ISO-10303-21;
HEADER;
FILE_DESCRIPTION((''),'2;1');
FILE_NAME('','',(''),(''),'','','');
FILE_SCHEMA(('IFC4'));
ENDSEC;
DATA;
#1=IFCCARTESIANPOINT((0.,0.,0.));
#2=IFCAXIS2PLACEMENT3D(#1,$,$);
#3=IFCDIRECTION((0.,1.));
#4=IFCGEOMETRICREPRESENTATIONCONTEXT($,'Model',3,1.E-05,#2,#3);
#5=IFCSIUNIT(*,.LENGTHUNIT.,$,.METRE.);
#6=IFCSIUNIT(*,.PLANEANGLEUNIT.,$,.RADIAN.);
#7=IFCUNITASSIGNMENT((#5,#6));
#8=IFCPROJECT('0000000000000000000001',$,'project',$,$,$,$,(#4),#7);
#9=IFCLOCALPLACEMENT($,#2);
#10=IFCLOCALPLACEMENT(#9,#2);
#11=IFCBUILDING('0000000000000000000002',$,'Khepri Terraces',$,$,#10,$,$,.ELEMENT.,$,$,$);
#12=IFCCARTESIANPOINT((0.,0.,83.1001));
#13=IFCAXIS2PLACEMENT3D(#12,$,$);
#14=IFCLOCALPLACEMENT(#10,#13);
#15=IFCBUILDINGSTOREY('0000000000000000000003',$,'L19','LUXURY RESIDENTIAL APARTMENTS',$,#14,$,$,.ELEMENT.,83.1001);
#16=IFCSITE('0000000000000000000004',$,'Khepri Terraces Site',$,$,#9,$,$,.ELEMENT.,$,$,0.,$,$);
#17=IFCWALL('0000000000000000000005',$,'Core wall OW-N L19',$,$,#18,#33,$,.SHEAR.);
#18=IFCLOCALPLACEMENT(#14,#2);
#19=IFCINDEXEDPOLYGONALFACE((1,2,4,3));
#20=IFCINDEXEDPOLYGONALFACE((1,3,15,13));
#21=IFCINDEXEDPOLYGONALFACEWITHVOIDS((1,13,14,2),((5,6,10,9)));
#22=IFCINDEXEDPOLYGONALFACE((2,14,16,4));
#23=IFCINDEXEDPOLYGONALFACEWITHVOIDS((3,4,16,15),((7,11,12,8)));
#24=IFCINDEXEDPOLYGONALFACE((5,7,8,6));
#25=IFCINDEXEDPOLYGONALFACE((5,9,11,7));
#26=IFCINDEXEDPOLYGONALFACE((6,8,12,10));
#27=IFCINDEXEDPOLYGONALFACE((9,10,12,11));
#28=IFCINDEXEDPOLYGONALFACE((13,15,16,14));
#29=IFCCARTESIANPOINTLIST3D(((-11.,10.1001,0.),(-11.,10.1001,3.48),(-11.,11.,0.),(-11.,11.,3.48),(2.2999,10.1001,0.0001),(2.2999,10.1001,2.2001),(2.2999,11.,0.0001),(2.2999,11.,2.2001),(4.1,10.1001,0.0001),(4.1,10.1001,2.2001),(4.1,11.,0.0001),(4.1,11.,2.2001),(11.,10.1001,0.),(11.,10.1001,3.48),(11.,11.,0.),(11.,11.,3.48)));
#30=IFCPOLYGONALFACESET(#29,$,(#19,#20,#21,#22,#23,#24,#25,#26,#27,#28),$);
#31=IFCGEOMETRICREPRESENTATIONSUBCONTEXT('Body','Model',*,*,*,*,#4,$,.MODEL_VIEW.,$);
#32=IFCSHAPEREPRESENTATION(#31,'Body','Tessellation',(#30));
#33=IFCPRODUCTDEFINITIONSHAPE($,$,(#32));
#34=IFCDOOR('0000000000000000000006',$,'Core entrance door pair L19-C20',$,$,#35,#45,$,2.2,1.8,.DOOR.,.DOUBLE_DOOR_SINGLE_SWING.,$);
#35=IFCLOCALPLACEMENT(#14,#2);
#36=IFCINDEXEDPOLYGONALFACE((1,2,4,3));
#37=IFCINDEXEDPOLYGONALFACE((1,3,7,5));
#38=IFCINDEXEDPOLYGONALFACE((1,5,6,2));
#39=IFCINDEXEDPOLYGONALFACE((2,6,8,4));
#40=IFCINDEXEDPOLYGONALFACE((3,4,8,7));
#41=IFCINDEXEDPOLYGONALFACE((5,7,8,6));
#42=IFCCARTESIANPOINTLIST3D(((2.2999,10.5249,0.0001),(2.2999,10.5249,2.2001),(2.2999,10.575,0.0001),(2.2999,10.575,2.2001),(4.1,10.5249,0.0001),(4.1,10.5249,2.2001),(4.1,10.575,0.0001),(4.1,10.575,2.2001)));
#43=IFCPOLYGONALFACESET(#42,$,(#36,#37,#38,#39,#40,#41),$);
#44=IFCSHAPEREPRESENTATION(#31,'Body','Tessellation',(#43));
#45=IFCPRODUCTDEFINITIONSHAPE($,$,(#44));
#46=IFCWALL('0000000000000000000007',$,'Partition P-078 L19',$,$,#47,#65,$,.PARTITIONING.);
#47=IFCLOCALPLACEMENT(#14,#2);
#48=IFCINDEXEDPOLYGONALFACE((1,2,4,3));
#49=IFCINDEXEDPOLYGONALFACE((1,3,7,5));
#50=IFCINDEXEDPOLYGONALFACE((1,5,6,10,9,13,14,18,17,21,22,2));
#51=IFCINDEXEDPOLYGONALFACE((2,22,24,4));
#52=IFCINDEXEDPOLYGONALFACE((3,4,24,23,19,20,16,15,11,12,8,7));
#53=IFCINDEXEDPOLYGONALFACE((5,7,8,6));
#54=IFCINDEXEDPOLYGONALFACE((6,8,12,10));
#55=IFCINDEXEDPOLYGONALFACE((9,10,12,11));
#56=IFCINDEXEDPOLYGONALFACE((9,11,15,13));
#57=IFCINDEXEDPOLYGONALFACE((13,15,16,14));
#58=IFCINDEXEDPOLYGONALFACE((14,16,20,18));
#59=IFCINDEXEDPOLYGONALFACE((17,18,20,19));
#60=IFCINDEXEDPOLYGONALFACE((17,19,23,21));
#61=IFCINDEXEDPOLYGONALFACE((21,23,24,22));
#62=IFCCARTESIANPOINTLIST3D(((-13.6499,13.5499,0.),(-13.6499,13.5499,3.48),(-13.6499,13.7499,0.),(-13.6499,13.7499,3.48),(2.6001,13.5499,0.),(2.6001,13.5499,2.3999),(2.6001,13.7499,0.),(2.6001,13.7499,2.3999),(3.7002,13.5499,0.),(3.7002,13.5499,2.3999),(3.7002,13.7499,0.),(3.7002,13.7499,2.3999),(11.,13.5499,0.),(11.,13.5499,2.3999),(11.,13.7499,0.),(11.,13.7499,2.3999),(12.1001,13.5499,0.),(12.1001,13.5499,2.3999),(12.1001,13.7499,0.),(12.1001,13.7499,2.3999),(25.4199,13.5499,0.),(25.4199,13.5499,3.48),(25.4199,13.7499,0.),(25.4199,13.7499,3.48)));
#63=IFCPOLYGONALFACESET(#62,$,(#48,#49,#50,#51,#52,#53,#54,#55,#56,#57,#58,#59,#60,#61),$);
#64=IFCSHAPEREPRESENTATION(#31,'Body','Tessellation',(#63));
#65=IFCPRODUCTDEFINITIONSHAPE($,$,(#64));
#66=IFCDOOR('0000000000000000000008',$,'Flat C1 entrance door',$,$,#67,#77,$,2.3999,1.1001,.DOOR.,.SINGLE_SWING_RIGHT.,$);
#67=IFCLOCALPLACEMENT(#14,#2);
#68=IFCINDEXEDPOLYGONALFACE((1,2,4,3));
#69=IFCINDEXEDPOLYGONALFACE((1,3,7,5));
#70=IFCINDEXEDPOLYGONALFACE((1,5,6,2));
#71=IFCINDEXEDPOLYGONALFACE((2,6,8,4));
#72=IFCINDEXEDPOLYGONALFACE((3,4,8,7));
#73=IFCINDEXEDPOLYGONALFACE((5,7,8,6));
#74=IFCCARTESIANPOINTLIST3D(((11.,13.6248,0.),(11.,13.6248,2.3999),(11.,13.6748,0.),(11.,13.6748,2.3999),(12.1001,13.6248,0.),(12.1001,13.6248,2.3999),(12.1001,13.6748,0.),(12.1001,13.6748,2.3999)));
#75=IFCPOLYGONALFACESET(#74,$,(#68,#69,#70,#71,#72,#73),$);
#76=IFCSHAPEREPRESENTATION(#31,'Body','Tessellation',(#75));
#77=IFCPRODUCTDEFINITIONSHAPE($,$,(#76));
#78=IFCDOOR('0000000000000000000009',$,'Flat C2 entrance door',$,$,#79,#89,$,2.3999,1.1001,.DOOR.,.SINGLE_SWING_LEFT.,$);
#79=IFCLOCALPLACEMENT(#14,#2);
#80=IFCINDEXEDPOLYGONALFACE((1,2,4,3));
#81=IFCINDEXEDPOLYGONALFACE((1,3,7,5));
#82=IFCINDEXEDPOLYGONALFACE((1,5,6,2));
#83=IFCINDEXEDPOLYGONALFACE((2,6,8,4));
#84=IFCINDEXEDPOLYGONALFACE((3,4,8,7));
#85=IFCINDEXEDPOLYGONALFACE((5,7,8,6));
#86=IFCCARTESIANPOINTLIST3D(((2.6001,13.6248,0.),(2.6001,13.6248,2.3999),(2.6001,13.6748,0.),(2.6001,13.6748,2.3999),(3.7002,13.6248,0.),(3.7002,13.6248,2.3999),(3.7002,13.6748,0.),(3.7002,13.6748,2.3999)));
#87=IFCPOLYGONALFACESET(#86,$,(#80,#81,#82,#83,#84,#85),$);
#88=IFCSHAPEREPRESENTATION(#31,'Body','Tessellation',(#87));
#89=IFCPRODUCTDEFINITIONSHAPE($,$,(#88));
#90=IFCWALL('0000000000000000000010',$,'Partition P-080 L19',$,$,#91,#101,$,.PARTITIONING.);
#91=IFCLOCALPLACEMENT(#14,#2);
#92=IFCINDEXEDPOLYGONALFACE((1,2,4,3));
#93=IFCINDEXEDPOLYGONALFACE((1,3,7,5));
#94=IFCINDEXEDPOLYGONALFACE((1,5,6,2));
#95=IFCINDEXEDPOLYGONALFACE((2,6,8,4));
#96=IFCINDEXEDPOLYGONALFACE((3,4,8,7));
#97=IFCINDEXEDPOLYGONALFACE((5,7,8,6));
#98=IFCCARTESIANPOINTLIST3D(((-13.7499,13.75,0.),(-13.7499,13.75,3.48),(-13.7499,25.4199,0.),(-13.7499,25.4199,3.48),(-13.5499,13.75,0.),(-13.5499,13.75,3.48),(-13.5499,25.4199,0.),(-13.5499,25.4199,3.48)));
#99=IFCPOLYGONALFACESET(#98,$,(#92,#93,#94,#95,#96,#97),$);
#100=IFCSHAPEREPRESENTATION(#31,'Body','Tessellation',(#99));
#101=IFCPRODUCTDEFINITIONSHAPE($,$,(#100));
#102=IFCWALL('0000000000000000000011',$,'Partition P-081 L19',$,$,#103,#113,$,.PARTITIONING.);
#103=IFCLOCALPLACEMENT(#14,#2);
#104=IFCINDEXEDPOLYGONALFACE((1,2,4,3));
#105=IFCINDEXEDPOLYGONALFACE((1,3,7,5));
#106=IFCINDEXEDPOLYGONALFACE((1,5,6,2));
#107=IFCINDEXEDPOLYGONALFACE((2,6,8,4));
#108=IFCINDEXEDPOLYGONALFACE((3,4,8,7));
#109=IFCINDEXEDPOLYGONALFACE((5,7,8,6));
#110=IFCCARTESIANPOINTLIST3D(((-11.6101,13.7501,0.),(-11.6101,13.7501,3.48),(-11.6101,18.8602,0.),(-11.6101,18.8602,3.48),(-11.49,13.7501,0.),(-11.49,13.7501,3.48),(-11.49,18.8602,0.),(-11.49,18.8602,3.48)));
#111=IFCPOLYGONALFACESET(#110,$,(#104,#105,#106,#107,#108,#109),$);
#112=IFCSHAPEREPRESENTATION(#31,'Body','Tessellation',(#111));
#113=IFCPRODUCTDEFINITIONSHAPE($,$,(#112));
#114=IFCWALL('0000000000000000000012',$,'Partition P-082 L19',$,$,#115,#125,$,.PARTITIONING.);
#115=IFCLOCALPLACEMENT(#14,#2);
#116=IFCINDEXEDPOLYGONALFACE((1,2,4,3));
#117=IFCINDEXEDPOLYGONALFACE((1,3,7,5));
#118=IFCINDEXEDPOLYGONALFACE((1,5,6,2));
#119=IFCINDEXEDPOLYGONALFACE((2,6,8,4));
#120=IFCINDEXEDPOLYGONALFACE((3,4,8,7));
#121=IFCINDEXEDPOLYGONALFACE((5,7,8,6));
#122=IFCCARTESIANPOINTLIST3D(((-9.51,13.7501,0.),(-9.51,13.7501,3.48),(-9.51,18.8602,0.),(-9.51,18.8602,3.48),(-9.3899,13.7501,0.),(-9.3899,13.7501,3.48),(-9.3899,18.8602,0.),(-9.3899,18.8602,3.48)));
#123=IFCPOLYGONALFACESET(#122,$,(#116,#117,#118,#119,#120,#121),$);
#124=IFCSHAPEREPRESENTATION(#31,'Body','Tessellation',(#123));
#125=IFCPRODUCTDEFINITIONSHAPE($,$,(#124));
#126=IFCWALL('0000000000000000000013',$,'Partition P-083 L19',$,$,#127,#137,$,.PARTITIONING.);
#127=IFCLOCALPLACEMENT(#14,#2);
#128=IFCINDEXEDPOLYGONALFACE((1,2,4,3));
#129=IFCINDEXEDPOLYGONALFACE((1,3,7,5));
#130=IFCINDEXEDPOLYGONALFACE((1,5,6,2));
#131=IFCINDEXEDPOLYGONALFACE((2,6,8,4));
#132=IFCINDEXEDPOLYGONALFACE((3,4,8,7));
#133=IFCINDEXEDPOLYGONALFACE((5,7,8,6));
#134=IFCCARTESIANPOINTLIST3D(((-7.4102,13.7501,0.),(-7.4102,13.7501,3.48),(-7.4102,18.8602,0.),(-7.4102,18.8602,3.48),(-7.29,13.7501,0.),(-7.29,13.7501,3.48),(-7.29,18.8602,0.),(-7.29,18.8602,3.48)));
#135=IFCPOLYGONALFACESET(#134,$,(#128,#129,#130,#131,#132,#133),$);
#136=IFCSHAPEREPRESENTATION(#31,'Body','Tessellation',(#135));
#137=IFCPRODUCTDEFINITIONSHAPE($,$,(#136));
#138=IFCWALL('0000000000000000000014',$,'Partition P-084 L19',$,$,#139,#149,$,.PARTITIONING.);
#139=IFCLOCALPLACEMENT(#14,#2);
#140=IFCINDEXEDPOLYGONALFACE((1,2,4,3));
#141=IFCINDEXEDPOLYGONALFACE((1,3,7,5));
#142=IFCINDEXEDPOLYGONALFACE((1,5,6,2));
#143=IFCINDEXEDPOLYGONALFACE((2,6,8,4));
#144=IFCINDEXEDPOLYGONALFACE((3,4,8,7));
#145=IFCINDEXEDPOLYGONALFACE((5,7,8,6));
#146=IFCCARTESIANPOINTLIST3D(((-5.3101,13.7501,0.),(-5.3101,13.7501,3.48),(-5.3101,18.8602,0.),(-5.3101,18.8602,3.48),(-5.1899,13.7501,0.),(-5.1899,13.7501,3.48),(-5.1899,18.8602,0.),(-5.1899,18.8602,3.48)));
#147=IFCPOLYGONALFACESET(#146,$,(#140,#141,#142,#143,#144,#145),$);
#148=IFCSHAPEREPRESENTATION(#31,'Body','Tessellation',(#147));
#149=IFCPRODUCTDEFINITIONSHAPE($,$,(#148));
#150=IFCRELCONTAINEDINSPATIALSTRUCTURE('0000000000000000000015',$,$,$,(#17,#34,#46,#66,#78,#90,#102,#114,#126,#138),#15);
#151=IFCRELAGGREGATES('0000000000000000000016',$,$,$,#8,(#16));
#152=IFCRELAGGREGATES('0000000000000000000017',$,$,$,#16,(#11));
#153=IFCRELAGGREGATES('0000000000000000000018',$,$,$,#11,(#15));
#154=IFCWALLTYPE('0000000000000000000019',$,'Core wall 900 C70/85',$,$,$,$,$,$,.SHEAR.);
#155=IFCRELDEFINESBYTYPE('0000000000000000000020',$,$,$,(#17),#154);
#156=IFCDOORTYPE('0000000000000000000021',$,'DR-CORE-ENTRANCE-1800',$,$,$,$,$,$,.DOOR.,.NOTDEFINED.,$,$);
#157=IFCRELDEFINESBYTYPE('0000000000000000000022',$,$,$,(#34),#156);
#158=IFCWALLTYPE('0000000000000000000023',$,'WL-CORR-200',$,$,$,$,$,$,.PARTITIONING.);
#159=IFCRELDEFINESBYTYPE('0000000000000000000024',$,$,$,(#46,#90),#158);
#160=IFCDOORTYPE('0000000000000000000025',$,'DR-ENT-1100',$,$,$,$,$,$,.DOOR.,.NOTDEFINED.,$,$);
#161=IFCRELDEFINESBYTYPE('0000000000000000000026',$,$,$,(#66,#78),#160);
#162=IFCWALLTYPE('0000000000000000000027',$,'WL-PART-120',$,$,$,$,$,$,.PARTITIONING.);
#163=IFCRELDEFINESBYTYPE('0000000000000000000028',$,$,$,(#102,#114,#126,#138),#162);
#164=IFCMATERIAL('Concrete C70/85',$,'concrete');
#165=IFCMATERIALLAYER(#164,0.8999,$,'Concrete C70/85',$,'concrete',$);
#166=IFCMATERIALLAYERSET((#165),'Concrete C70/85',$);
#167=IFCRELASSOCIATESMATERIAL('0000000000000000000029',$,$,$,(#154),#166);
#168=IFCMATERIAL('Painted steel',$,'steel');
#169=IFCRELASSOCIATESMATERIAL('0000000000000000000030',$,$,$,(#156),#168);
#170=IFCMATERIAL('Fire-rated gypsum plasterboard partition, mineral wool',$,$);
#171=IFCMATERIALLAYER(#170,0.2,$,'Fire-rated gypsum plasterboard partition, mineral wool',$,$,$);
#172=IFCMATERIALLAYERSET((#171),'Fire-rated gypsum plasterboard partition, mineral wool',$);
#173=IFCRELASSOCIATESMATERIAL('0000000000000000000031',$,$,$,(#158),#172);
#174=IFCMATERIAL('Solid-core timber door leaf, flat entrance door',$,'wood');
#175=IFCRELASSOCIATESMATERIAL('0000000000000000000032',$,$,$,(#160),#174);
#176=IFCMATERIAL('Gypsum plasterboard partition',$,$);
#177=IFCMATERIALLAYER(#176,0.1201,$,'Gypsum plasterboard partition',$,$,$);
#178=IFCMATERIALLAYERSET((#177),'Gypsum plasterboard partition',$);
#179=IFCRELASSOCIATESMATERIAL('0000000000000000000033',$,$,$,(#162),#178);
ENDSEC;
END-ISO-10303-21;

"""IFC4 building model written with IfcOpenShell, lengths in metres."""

from ifc_helpers import new_model, si_unit, direction, frame, frame_2d, origin, place, context, subcontext, project, spatial, rectangle, extrude, material, layer, layer_set, type_object, element, fill, save


model = new_model("IFC4")

# Units and contexts
model_context = context("Model", 3, precision=1e-05, world=origin(), true_north=direction((0.0, 1.0)))
body_context = subcontext(model_context, "Body", "Model", "MODEL_VIEW")
ifc_project = project(units=[si_unit("LENGTHUNIT", "METRE"), si_unit("PLANEANGLEUNIT", "RADIAN")], contexts=[model_context])

# Site, building, storey
site_placement = place(None, origin())
site = spatial("IfcSite", under=ifc_project, at=site_placement, Name="Khepri Terraces Site", CompositionType="ELEMENT", RefElevation=0.0)
building_placement = place(site_placement, origin())
building = spatial("IfcBuilding", under=site, at=building_placement, Name="Khepri Terraces", CompositionType="ELEMENT")
storey_placement = place(building_placement, frame((0.0, 0.0, 83.1001)))
storey = spatial("IfcBuildingStorey", under=building, at=storey_placement, Name="L19", Description="LUXURY RESIDENTIAL APARTMENTS", CompositionType="ELEMENT", Elevation=83.1001)

# Wall, opening, door
ifc_material_1 = material(Name="Concrete C70/85", Category="concrete")
ifc_layer_1 = layer(ifc_material_1, 0.8999, Name="Concrete C70/85", Category="concrete")
ifc_layer_set_1 = layer_set([ifc_layer_1], Name="Concrete C70/85")
wall_type_1 = type_object("IfcWallType", Name="Core wall 900 C70/85", PredefinedType="SHEAR", material=ifc_layer_set_1)
wall_1_placement = place(storey_placement, frame((-11.0, 10.55, 0.0), z_axis=(0.0, 0.0, 1.0), x_axis=(1.0, 0.0, 0.0)))
wall_1 = element("IfcWall", 1, at=wall_1_placement, inside=storey, type_object=wall_type_1, Name="Core wall OW-N L19", PredefinedType="SHEAR", context=body_context, shape_type="SweptSolid", body=[
    extrude(rectangle(XDim=22.0, YDim=0.8999, at=frame_2d((11.0, 0.0))), origin(), (0.0, 0.0, 1.0), 3.48),
])
opening_1_placement = place(wall_1_placement, frame((13.3, 0.0, 0.0)))
opening_1 = element("IfcOpeningElement", 2, at=opening_1_placement, cuts=wall_1, PredefinedType="OPENING", context=body_context, shape_type="SweptSolid", body=[
    extrude(rectangle(XDim=1.8, YDim=2.2, at=frame_2d((0.8999, 1.1001))), frame((0.0, 0.46, 0.0), z_axis=(0.0, -1.0, 0.0), x_axis=(1.0, 0.0, 0.0)), (0.0, 0.0, 1.0), 0.9199),
])
ifc_material_2 = material(Name="Painted steel", Category="steel")
door_type_1 = type_object("IfcDoorType", Name="DR-CORE-ENTRANCE-1800", OperationType="NOTDEFINED", PredefinedType="DOOR", material=ifc_material_2)
door_1_placement = place(opening_1_placement, origin())
door_1 = element("IfcDoor", 3, at=door_1_placement, inside=storey, type_object=door_type_1, Name="Core entrance door pair L19-C20", OperationType="DOUBLE_DOOR_SINGLE_SWING", OverallHeight=2.2, OverallWidth=1.8, PredefinedType="DOOR", context=body_context, shape_type="SweptSolid", body=[
    extrude(rectangle(XDim=1.8, YDim=2.2, at=frame_2d((0.8999, 1.1001))), frame((0.0, 0.0249, 0.0), z_axis=(0.0, -1.0, 0.0), x_axis=(1.0, 0.0, 0.0)), (0.0, 0.0, 1.0), 0.05),
])
fill(opening_1, door_1)

# Wall, openings, doors
ifc_material_3 = material(Name="Fire-rated gypsum plasterboard partition, mineral wool")
ifc_layer_2 = layer(ifc_material_3, 0.2, Name="Fire-rated gypsum plasterboard partition, mineral wool")
ifc_layer_set_2 = layer_set([ifc_layer_2], Name="Fire-rated gypsum plasterboard partition, mineral wool")
wall_type_2 = type_object("IfcWallType", Name="WL-CORR-200", PredefinedType="PARTITIONING", material=ifc_layer_set_2)
wall_2_placement = place(storey_placement, frame((-13.6499, 13.6499, 0.0), z_axis=(0.0, 0.0, 1.0), x_axis=(1.0, 0.0, 0.0)))
wall_2 = element("IfcWall", 4, at=wall_2_placement, inside=storey, type_object=wall_type_2, Name="Partition P-078 L19", PredefinedType="PARTITIONING", context=body_context, shape_type="SweptSolid", body=[
    extrude(rectangle(XDim=39.0698, YDim=0.2, at=frame_2d((19.5349, 0.0))), origin(), (0.0, 0.0, 1.0), 3.48),
])
opening_2_placement = place(wall_2_placement, frame((24.6499, 0.0, 0.0)))
opening_2 = element("IfcOpeningElement", 5, at=opening_2_placement, cuts=wall_2, PredefinedType="OPENING", context=body_context, shape_type="SweptSolid", body=[
    extrude(rectangle(XDim=1.1001, YDim=2.3999, at=frame_2d((0.55, 1.2))), frame((0.0, 0.1099, 0.0), z_axis=(0.0, -1.0, 0.0), x_axis=(1.0, 0.0, 0.0)), (0.0, 0.0, 1.0), 0.22),
])
opening_3_placement = place(wall_2_placement, frame((16.25, 0.0, 0.0)))
opening_3 = element("IfcOpeningElement", 6, at=opening_3_placement, cuts=wall_2, PredefinedType="OPENING", context=body_context, shape_type="SweptSolid", body=[
    extrude(rectangle(XDim=1.1001, YDim=2.3999, at=frame_2d((0.55, 1.2))), frame((0.0, 0.1099, 0.0), z_axis=(0.0, -1.0, 0.0), x_axis=(1.0, 0.0, 0.0)), (0.0, 0.0, 1.0), 0.22),
])
ifc_material_4 = material(Name="Solid-core timber door leaf, flat entrance door", Category="wood")
door_type_2 = type_object("IfcDoorType", Name="DR-ENT-1100", OperationType="NOTDEFINED", PredefinedType="DOOR", material=ifc_material_4)
door_2_placement = place(opening_2_placement, origin())
door_2 = element("IfcDoor", 7, at=door_2_placement, inside=storey, type_object=door_type_2, Name="Flat C1 entrance door", OperationType="SINGLE_SWING_RIGHT", OverallHeight=2.3999, OverallWidth=1.1001, PredefinedType="DOOR", context=body_context, shape_type="SweptSolid", body=[
    extrude(rectangle(XDim=1.1001, YDim=2.3999, at=frame_2d((0.55, 1.2))), frame((0.0, 0.0249, 0.0), z_axis=(0.0, -1.0, 0.0), x_axis=(1.0, 0.0, 0.0)), (0.0, 0.0, 1.0), 0.05),
])
fill(opening_2, door_2)
door_3_placement = place(opening_3_placement, origin())
door_3 = element("IfcDoor", 8, at=door_3_placement, inside=storey, type_object=door_type_2, Name="Flat C2 entrance door", OperationType="SINGLE_SWING_LEFT", OverallHeight=2.3999, OverallWidth=1.1001, PredefinedType="DOOR", context=body_context, shape_type="SweptSolid", body=[
    extrude(rectangle(XDim=1.1001, YDim=2.3999, at=frame_2d((0.55, 1.2))), frame((0.0, 0.0249, 0.0), z_axis=(0.0, -1.0, 0.0), x_axis=(1.0, 0.0, 0.0)), (0.0, 0.0, 1.0), 0.05),
])
fill(opening_3, door_3)

# Walls
wall_3_placement = place(storey_placement, frame((-13.6499, 13.75, 0.0), z_axis=(0.0, 0.0, 1.0), x_axis=(0.0, 1.0, 0.0)))
element("IfcWall", 9, at=wall_3_placement, inside=storey, type_object=wall_type_2, Name="Partition P-080 L19", PredefinedType="PARTITIONING", context=body_context, shape_type="SweptSolid", body=[
    extrude(rectangle(XDim=11.6699, YDim=0.2, at=frame_2d((5.835, 0.0))), origin(), (0.0, 0.0, 1.0), 3.48),
])
ifc_material_5 = material(Name="Gypsum plasterboard partition")
ifc_layer_3 = layer(ifc_material_5, 0.1201, Name="Gypsum plasterboard partition")
ifc_layer_set_3 = layer_set([ifc_layer_3], Name="Gypsum plasterboard partition")
wall_type_3 = type_object("IfcWallType", Name="WL-PART-120", PredefinedType="PARTITIONING", material=ifc_layer_set_3)
for number, where, z_axis, x_axis, name in (
    (10, (-11.55, 13.75, 0.0), (0.0, 0.0, 1.0), (0.0, 1.0, 0.0), "Partition P-081 L19"),
    (11, (-9.45, 13.75, 0.0), (0.0, 0.0, 1.0), (0.0, 1.0, 0.0), "Partition P-082 L19"),
    (12, (-7.3501, 13.75, 0.0), (0.0, 0.0, 1.0), (0.0, 1.0, 0.0), "Partition P-083 L19"),
    (13, (-5.25, 13.75, 0.0), (0.0, 0.0, 1.0), (0.0, 1.0, 0.0), "Partition P-084 L19"),
):
    element("IfcWall", number, at=place(storey_placement, frame(where, z_axis=z_axis, x_axis=x_axis)), inside=storey, type_object=wall_type_3, Name=name, PredefinedType="PARTITIONING", context=body_context, shape_type="SweptSolid", body=[
        extrude(rectangle(XDim=5.1101, YDim=0.1201, at=frame_2d((2.5552, 0.0))), origin(), (0.0, 0.0, 1.0), 3.48),
    ])

save(model, "model.ifc")
